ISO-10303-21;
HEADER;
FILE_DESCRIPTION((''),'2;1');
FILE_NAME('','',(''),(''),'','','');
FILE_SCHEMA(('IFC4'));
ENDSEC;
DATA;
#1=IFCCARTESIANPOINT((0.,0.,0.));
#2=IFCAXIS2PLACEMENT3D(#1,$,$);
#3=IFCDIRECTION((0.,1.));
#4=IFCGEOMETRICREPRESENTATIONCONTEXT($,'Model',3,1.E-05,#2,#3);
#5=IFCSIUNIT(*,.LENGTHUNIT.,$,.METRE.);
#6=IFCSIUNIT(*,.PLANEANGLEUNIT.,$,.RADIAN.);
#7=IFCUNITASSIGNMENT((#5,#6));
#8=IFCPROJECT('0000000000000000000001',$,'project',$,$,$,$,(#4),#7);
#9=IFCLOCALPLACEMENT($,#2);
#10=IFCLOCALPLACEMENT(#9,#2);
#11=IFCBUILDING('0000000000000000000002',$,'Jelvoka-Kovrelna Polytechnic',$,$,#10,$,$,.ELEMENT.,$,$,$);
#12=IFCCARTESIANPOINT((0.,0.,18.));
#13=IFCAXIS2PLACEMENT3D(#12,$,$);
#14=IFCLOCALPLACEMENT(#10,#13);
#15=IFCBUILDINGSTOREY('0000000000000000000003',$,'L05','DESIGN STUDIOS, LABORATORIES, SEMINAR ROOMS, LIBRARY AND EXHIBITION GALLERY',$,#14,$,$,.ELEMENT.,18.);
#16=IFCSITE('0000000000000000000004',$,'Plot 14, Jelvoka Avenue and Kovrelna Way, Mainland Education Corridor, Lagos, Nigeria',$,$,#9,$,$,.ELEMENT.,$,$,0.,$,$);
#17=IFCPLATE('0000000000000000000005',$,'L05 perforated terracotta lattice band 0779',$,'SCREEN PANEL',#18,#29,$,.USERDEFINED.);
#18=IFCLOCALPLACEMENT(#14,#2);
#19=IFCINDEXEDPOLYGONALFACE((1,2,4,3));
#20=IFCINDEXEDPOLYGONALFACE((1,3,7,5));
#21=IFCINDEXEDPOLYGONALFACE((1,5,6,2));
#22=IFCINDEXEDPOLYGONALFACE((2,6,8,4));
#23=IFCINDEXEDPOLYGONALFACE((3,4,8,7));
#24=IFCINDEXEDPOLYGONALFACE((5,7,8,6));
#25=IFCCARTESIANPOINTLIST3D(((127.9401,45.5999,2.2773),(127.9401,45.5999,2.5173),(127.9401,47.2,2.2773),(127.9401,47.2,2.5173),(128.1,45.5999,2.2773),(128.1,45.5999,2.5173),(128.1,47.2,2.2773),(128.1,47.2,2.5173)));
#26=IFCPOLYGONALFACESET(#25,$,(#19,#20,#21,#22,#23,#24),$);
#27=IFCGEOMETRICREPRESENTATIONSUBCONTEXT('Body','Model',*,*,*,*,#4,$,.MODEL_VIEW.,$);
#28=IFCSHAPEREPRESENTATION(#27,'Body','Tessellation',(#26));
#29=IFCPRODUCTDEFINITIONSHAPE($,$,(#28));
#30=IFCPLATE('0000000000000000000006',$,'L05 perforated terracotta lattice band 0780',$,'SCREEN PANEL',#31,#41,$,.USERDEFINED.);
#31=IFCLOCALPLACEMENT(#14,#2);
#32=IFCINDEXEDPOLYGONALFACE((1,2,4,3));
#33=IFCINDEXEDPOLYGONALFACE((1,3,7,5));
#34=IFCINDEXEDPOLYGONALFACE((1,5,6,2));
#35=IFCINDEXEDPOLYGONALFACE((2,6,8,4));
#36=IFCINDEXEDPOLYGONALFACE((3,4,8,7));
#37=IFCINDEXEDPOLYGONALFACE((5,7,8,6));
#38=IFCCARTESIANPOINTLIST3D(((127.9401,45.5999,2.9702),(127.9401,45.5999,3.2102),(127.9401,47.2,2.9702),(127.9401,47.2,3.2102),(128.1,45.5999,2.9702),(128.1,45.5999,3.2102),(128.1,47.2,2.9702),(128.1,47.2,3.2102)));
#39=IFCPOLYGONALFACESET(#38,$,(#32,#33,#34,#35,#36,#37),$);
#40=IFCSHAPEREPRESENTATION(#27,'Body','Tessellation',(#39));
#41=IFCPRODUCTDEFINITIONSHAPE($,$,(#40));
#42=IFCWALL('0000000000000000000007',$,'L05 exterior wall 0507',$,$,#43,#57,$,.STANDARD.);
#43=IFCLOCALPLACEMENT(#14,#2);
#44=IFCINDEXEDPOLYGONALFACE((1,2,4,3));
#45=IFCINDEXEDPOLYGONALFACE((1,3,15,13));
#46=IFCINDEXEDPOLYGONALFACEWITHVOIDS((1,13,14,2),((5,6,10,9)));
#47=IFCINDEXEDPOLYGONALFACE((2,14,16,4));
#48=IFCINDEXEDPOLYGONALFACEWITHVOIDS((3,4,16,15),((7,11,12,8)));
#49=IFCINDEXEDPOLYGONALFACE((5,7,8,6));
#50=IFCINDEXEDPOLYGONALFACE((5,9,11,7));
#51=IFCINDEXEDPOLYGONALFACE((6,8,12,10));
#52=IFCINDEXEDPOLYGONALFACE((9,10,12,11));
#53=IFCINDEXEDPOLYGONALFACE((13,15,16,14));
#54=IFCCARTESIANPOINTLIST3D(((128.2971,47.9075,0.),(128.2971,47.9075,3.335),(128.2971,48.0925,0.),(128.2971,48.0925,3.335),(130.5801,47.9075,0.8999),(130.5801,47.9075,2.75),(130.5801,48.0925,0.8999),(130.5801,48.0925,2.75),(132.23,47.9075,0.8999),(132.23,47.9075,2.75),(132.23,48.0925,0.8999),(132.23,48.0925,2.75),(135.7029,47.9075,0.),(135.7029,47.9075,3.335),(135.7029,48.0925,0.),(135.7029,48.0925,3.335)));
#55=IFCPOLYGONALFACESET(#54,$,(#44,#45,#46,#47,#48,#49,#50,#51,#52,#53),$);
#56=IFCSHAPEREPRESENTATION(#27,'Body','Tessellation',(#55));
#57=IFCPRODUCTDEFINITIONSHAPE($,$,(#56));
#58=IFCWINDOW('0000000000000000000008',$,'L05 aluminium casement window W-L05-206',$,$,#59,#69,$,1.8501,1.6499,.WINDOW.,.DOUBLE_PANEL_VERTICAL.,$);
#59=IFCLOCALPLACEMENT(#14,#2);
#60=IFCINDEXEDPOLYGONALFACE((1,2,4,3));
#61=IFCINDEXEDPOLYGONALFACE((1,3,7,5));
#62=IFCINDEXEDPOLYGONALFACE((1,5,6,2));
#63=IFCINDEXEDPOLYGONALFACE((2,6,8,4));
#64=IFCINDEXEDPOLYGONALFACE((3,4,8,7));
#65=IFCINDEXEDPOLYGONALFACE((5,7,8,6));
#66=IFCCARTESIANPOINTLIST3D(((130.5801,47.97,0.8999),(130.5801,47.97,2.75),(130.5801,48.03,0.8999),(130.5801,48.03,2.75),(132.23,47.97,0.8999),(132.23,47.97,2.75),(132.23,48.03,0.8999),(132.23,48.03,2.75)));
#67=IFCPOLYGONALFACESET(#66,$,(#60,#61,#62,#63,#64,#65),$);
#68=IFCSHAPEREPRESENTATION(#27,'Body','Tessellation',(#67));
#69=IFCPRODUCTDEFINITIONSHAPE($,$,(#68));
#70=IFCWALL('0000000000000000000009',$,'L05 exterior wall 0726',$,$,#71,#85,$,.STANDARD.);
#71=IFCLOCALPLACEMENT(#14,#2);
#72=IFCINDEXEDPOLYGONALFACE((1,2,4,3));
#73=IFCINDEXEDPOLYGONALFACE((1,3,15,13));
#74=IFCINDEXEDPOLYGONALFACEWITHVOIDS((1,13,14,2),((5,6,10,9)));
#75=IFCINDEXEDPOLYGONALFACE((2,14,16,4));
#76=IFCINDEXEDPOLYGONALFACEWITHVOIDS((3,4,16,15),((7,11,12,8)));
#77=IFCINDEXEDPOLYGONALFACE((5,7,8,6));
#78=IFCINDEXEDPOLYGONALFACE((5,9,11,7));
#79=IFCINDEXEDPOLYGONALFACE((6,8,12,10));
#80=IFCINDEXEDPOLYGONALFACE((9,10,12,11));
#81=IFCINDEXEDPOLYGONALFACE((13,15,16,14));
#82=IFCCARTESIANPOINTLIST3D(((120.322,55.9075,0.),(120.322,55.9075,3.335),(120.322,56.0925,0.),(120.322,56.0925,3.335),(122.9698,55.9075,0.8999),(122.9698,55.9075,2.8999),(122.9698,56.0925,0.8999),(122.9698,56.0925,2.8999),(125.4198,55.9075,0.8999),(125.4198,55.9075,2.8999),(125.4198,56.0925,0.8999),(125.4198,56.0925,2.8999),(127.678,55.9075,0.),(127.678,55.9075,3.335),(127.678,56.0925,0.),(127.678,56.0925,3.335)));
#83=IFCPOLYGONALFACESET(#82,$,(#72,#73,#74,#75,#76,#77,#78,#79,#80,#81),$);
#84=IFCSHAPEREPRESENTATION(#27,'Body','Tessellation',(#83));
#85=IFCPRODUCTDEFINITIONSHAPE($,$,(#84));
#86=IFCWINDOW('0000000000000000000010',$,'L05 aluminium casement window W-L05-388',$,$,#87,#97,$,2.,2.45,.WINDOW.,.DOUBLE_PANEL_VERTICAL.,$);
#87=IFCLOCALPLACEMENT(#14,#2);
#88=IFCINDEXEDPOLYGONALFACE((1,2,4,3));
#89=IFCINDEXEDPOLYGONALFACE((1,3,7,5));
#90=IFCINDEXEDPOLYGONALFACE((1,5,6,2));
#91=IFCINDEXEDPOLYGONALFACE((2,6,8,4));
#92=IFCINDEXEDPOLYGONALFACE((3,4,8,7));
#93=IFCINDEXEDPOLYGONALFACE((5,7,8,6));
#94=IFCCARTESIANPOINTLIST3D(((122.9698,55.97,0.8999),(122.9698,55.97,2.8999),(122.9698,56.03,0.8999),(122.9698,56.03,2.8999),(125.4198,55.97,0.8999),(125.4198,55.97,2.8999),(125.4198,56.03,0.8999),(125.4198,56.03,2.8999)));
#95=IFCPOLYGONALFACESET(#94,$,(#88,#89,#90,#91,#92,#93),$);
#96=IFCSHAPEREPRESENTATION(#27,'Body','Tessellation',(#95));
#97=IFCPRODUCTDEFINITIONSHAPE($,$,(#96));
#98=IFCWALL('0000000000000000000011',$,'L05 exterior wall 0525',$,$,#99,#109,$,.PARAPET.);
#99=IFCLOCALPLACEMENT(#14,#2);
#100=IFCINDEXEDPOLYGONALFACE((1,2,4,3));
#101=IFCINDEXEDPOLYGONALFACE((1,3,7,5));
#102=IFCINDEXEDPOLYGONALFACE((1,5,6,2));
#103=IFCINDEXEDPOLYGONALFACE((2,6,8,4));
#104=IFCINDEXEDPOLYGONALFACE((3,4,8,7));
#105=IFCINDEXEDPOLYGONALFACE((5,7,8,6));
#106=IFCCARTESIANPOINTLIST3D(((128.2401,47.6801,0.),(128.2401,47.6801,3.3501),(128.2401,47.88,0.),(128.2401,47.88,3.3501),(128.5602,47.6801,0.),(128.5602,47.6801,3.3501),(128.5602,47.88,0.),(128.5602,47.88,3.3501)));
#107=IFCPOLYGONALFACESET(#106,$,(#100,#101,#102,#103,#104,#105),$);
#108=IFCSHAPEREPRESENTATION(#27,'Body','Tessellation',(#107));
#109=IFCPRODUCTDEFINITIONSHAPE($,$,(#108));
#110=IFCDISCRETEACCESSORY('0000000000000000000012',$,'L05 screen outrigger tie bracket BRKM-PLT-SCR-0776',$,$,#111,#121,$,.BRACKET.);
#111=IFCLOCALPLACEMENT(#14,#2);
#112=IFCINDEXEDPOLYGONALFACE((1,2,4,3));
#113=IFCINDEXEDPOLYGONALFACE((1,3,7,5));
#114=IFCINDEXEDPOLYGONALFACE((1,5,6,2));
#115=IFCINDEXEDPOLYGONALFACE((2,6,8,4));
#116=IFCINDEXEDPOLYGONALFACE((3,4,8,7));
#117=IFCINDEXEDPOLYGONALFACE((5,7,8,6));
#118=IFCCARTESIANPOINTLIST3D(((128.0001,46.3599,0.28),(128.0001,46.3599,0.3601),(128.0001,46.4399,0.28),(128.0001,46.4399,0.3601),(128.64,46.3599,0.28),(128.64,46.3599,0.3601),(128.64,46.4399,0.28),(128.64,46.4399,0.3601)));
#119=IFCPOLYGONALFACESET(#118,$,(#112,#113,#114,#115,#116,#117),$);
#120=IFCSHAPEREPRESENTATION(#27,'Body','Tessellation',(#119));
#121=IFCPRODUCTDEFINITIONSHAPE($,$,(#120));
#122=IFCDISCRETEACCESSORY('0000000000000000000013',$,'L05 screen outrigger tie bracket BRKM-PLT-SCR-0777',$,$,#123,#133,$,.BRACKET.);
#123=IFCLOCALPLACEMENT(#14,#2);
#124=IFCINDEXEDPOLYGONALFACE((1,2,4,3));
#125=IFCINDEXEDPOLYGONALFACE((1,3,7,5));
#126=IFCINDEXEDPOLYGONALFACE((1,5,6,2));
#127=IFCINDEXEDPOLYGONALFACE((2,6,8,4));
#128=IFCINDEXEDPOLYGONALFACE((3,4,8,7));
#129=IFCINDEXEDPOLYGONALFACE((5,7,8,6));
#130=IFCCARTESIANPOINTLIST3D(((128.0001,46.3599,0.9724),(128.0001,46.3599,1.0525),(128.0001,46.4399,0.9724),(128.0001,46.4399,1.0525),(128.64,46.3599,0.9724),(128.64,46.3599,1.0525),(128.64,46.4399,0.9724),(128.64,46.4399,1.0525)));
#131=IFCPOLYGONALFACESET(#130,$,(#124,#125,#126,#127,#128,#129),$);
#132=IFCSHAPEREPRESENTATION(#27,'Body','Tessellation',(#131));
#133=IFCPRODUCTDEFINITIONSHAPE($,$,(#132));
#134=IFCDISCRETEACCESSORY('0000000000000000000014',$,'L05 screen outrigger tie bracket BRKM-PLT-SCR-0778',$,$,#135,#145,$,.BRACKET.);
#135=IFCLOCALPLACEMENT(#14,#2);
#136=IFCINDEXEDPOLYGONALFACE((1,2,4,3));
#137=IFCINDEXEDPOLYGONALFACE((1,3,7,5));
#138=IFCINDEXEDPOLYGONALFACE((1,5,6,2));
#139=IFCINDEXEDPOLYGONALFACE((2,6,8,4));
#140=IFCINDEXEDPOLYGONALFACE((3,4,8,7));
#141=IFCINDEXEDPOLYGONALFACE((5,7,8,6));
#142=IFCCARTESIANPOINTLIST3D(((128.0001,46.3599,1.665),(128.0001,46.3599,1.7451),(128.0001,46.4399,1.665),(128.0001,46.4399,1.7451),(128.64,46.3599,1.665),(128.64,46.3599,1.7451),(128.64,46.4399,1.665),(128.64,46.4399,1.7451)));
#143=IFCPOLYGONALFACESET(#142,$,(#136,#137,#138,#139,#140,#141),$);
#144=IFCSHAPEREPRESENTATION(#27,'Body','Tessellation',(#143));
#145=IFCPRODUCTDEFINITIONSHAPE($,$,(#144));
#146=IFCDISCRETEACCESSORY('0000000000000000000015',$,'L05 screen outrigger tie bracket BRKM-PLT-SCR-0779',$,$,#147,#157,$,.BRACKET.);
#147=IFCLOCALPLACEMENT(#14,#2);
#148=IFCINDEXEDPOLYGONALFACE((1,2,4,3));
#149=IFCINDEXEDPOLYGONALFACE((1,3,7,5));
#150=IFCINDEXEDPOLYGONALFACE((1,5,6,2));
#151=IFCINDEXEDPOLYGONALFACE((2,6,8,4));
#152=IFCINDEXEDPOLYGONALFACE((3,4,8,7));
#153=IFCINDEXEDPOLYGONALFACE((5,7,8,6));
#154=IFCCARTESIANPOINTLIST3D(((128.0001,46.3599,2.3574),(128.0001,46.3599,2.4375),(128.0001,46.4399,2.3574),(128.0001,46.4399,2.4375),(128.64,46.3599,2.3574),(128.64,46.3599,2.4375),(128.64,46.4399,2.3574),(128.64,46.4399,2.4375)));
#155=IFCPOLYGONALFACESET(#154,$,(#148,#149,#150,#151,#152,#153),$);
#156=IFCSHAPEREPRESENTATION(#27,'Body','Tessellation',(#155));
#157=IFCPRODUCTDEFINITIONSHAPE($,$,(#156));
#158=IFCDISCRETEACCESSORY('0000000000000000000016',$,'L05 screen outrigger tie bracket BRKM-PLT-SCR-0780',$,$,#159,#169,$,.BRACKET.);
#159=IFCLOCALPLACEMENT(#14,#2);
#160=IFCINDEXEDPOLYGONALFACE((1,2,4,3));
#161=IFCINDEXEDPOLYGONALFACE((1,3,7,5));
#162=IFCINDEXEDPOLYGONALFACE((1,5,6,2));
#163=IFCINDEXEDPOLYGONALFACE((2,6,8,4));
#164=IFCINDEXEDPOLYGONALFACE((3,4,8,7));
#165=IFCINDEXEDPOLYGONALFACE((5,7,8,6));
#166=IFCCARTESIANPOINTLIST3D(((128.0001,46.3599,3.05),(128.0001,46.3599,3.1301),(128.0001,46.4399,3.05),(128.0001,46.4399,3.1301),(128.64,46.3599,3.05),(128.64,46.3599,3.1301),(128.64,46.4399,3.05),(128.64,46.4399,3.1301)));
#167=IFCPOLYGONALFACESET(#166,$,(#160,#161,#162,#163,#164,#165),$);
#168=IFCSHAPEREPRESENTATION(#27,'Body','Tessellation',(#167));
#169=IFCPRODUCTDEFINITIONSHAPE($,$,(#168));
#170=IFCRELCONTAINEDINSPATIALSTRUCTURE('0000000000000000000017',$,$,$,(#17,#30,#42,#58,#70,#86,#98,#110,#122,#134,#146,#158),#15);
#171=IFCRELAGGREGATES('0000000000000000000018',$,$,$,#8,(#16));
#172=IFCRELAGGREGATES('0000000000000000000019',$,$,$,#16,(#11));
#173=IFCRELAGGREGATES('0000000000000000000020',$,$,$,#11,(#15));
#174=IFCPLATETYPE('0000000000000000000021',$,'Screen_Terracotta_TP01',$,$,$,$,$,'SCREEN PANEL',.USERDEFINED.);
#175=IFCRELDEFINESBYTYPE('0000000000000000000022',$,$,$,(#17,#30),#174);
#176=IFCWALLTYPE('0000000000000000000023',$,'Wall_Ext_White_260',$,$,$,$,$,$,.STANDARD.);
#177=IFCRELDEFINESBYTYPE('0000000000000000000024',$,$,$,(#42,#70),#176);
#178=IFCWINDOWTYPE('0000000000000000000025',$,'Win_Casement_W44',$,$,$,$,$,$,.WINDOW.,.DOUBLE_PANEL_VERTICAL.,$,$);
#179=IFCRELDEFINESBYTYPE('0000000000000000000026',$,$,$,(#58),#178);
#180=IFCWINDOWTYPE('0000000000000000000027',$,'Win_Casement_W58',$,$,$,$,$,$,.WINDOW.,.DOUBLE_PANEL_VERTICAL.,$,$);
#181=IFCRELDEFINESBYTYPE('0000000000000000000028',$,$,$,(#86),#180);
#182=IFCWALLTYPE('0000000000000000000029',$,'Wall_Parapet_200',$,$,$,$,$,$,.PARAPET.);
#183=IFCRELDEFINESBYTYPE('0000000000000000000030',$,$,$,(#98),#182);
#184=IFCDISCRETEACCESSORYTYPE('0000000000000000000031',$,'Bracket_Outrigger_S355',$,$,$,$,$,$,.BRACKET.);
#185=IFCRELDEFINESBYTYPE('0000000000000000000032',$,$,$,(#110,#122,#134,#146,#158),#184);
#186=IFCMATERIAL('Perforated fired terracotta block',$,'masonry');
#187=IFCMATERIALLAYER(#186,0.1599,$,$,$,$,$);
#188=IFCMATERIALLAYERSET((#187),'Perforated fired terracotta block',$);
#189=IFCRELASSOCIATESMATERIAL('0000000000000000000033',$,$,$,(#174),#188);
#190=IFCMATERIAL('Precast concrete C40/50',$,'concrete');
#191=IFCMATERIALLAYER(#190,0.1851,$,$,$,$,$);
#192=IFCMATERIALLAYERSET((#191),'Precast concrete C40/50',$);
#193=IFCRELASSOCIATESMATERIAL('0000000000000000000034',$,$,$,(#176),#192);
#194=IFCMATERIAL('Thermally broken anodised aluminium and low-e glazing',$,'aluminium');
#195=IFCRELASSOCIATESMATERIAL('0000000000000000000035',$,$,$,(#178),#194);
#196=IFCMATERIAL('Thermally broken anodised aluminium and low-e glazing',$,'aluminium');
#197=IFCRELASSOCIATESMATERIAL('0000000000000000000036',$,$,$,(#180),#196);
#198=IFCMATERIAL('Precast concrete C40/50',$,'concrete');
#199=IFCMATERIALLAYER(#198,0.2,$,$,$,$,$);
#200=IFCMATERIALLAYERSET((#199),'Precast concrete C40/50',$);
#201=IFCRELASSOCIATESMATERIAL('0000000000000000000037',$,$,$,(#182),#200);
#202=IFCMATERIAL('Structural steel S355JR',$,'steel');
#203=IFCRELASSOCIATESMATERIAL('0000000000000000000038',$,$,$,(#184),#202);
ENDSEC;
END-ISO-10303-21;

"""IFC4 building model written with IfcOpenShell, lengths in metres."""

from ifc_helpers import new_model, si_unit, direction, frame, frame_2d, origin, origin_2d, place, context, subcontext, project, spatial, rectangle, extrude, material, layer, layer_set, type_object, element, fill, save


model = new_model("IFC4")

# Units and contexts
model_context = context("Model", 3, precision=1e-05, world=origin(), true_north=direction((0.0, 1.0)))
body_context = subcontext(model_context, "Body", "Model", "MODEL_VIEW")
ifc_project = project(units=[si_unit("LENGTHUNIT", "METRE"), si_unit("PLANEANGLEUNIT", "RADIAN")], contexts=[model_context])

# Site, building, storey
site_placement = place(None, origin())
site = spatial("IfcSite", under=ifc_project, at=site_placement, Name="Plot 14, Jelvoka Avenue and Kovrelna Way, Mainland Education Corridor, Lagos, Nigeria", CompositionType="ELEMENT", RefElevation=0.0)
building_placement = place(site_placement, origin())
building = spatial("IfcBuilding", under=site, at=building_placement, Name="Jelvoka-Kovrelna Polytechnic", CompositionType="ELEMENT")
storey_placement = place(building_placement, frame((0.0, 0.0, 18.0)))
storey = spatial("IfcBuildingStorey", under=building, at=storey_placement, Name="L05", Description="DESIGN STUDIOS, LABORATORIES, SEMINAR ROOMS, LIBRARY AND EXHIBITION GALLERY", CompositionType="ELEMENT", Elevation=18.0)

# Plates
ifc_material_1 = material(Name="Perforated fired terracotta block", Category="masonry")
ifc_layer_1 = layer(ifc_material_1, 0.1599)
ifc_layer_set_1 = layer_set([ifc_layer_1], Name="Perforated fired terracotta block")
plate_type = type_object("IfcPlateType", Name="Screen_Terracotta_TP01", ElementType="SCREEN PANEL", PredefinedType="USERDEFINED", material=ifc_layer_set_1)
for number, where, z_axis, x_axis, name in (
    (1, (128.02, 46.3999, 2.2773), (0.0, 0.0, 1.0), (0.0, 1.0, 0.0), "L05 perforated terracotta lattice band 0779"),
    (2, (128.02, 46.3999, 2.9702), (0.0, 0.0, 1.0), (0.0, 1.0, 0.0), "L05 perforated terracotta lattice band 0780"),
):
    element("IfcPlate", number, at=place(storey_placement, frame(where, z_axis=z_axis, x_axis=x_axis)), inside=storey, type_object=plate_type, Name=name, ObjectType="SCREEN PANEL", PredefinedType="USERDEFINED", context=body_context, shape_type="SweptSolid", body=[
        extrude(rectangle(XDim=1.6001, YDim=0.1599, at=origin_2d()), origin(), (0.0, 0.0, 1.0), 0.24),
    ])

# Walls, openings, windows
ifc_material_2 = material(Name="Precast concrete C40/50", Category="concrete")
ifc_layer_2 = layer(ifc_material_2, 0.1851)
ifc_layer_set_2 = layer_set([ifc_layer_2], Name="Precast concrete C40/50")
wall_type_1 = type_object("IfcWallType", Name="Wall_Ext_White_260", PredefinedType="STANDARD", material=ifc_layer_set_2)
wall_1_placement = place(storey_placement, frame((128.2971, 48.0, 0.0), z_axis=(0.0, 0.0, 1.0), x_axis=(1.0, 0.0, 0.0)))
wall_1 = element("IfcWall", 3, at=wall_1_placement, inside=storey, type_object=wall_type_1, Name="L05 exterior wall 0507", PredefinedType="STANDARD", context=body_context, shape_type="SweptSolid", body=[
    extrude(rectangle(XDim=7.4058, YDim=0.1851, at=frame_2d((3.7029, 0.0))), origin(), (0.0, 0.0, 1.0), 3.335),
])
opening_1_placement = place(wall_1_placement, frame((2.283, 0.0, 0.8999)))
opening_1 = element("IfcOpeningElement", 4, at=opening_1_placement, cuts=wall_1, PredefinedType="OPENING", context=body_context, shape_type="SweptSolid", body=[
    extrude(rectangle(XDim=1.6499, YDim=1.8501, at=frame_2d((0.825, 0.925))), frame((0.0, 0.1025, 0.0), z_axis=(0.0, -1.0, 0.0), x_axis=(1.0, 0.0, 0.0)), (0.0, 0.0, 1.0), 0.2051),
])
ifc_material_3 = material(Name="Thermally broken anodised aluminium and low-e glazing", Category="aluminium")
window_type_1 = type_object("IfcWindowType", Name="Win_Casement_W44", PartitioningType="DOUBLE_PANEL_VERTICAL", PredefinedType="WINDOW", material=ifc_material_3)
window_1_placement = place(opening_1_placement, origin())
window_1 = element("IfcWindow", 5, at=window_1_placement, inside=storey, type_object=window_type_1, Name="L05 aluminium casement window W-L05-206", OverallHeight=1.8501, OverallWidth=1.6499, PartitioningType="DOUBLE_PANEL_VERTICAL", PredefinedType="WINDOW", context=body_context, shape_type="SweptSolid", body=[
    extrude(rectangle(XDim=1.6499, YDim=1.8501, at=frame_2d((0.825, 0.925))), frame((0.0, 0.03, 0.0), z_axis=(0.0, -1.0, 0.0), x_axis=(1.0, 0.0, 0.0)), (0.0, 0.0, 1.0), 0.0601),
])
fill(opening_1, window_1)
wall_2_placement = place(storey_placement, frame((127.678, 56.0, 0.0), z_axis=(0.0, 0.0, 1.0), x_axis=(-1.0, 0.0, 0.0)))
wall_2 = element("IfcWall", 6, at=wall_2_placement, inside=storey, type_object=wall_type_1, Name="L05 exterior wall 0726", PredefinedType="STANDARD", context=body_context, shape_type="SweptSolid", body=[
    extrude(rectangle(XDim=7.356, YDim=0.1851, at=frame_2d((3.678, 0.0))), origin(), (0.0, 0.0, 1.0), 3.335),
])
opening_2_placement = place(wall_2_placement, frame((2.2581, 0.0, 0.8999)))
opening_2 = element("IfcOpeningElement", 7, at=opening_2_placement, cuts=wall_2, PredefinedType="OPENING", context=body_context, shape_type="SweptSolid", body=[
    extrude(rectangle(XDim=2.45, YDim=2.0, at=frame_2d((1.2251, 1.0))), frame((0.0, 0.1025, 0.0), z_axis=(0.0, -1.0, 0.0), x_axis=(1.0, 0.0, 0.0)), (0.0, 0.0, 1.0), 0.2051),
])
ifc_material_4 = material(Name="Thermally broken anodised aluminium and low-e glazing", Category="aluminium")
window_type_2 = type_object("IfcWindowType", Name="Win_Casement_W58", PartitioningType="DOUBLE_PANEL_VERTICAL", PredefinedType="WINDOW", material=ifc_material_4)
window_2_placement = place(opening_2_placement, origin())
window_2 = element("IfcWindow", 8, at=window_2_placement, inside=storey, type_object=window_type_2, Name="L05 aluminium casement window W-L05-388", OverallHeight=2.0, OverallWidth=2.45, PartitioningType="DOUBLE_PANEL_VERTICAL", PredefinedType="WINDOW", context=body_context, shape_type="SweptSolid", body=[
    extrude(rectangle(XDim=2.45, YDim=2.0, at=frame_2d((1.2251, 1.0))), frame((0.0, 0.03, 0.0), z_axis=(0.0, -1.0, 0.0), x_axis=(1.0, 0.0, 0.0)), (0.0, 0.0, 1.0), 0.0601),
])
fill(opening_2, window_2)

# Wall
ifc_material_5 = material(Name="Precast concrete C40/50", Category="concrete")
ifc_layer_3 = layer(ifc_material_5, 0.2)
ifc_layer_set_3 = layer_set([ifc_layer_3], Name="Precast concrete C40/50")
wall_type_2 = type_object("IfcWallType", Name="Wall_Parapet_200", PredefinedType="PARAPET", material=ifc_layer_set_3)
wall_3_placement = place(storey_placement, frame((128.24, 47.78, 0.0), z_axis=(0.0, 0.0, 1.0), x_axis=(1.0, 0.0, 0.0)))
element("IfcWall", 9, at=wall_3_placement, inside=storey, type_object=wall_type_2, Name="L05 exterior wall 0525", PredefinedType="PARAPET", context=body_context, shape_type="SweptSolid", body=[
    extrude(rectangle(XDim=0.3201, YDim=0.2, at=frame_2d((0.1602, 0.0))), origin(), (0.0, 0.0, 1.0), 3.3501),
])

# Discrete accessories
ifc_material_6 = material(Name="Structural steel S355JR", Category="steel")
discrete_accessory_type = type_object("IfcDiscreteAccessoryType", Name="Bracket_Outrigger_S355", PredefinedType="BRACKET", material=ifc_material_6)
for number, where, z_axis, x_axis, name in (
    (10, (128.3201, 46.3999, 0.28), (0.0, 0.0, 1.0), (1.0, 0.0, 0.0), "L05 screen outrigger tie bracket BRKM-PLT-SCR-0776"),
    (11, (128.3201, 46.3999, 0.9724), (0.0, 0.0, 1.0), (1.0, 0.0, 0.0), "L05 screen outrigger tie bracket BRKM-PLT-SCR-0777"),
    (12, (128.3201, 46.3999, 1.665), (0.0, 0.0, 1.0), (1.0, 0.0, 0.0), "L05 screen outrigger tie bracket BRKM-PLT-SCR-0778"),
    (13, (128.3201, 46.3999, 2.3574), (0.0, 0.0, 1.0), (1.0, 0.0, 0.0), "L05 screen outrigger tie bracket BRKM-PLT-SCR-0779"),
    (14, (128.3201, 46.3999, 3.05), (0.0, 0.0, 1.0), (1.0, 0.0, 0.0), "L05 screen outrigger tie bracket BRKM-PLT-SCR-0780"),
):
    element("IfcDiscreteAccessory", number, at=place(storey_placement, frame(where, z_axis=z_axis, x_axis=x_axis)), inside=storey, type_object=discrete_accessory_type, Name=name, PredefinedType="BRACKET", context=body_context, shape_type="SweptSolid", body=[
        extrude(rectangle(XDim=0.6399, YDim=0.0801, at=origin_2d()), origin(), (0.0, 0.0, 1.0), 0.0801),
    ])

save(model, "model.ifc")
